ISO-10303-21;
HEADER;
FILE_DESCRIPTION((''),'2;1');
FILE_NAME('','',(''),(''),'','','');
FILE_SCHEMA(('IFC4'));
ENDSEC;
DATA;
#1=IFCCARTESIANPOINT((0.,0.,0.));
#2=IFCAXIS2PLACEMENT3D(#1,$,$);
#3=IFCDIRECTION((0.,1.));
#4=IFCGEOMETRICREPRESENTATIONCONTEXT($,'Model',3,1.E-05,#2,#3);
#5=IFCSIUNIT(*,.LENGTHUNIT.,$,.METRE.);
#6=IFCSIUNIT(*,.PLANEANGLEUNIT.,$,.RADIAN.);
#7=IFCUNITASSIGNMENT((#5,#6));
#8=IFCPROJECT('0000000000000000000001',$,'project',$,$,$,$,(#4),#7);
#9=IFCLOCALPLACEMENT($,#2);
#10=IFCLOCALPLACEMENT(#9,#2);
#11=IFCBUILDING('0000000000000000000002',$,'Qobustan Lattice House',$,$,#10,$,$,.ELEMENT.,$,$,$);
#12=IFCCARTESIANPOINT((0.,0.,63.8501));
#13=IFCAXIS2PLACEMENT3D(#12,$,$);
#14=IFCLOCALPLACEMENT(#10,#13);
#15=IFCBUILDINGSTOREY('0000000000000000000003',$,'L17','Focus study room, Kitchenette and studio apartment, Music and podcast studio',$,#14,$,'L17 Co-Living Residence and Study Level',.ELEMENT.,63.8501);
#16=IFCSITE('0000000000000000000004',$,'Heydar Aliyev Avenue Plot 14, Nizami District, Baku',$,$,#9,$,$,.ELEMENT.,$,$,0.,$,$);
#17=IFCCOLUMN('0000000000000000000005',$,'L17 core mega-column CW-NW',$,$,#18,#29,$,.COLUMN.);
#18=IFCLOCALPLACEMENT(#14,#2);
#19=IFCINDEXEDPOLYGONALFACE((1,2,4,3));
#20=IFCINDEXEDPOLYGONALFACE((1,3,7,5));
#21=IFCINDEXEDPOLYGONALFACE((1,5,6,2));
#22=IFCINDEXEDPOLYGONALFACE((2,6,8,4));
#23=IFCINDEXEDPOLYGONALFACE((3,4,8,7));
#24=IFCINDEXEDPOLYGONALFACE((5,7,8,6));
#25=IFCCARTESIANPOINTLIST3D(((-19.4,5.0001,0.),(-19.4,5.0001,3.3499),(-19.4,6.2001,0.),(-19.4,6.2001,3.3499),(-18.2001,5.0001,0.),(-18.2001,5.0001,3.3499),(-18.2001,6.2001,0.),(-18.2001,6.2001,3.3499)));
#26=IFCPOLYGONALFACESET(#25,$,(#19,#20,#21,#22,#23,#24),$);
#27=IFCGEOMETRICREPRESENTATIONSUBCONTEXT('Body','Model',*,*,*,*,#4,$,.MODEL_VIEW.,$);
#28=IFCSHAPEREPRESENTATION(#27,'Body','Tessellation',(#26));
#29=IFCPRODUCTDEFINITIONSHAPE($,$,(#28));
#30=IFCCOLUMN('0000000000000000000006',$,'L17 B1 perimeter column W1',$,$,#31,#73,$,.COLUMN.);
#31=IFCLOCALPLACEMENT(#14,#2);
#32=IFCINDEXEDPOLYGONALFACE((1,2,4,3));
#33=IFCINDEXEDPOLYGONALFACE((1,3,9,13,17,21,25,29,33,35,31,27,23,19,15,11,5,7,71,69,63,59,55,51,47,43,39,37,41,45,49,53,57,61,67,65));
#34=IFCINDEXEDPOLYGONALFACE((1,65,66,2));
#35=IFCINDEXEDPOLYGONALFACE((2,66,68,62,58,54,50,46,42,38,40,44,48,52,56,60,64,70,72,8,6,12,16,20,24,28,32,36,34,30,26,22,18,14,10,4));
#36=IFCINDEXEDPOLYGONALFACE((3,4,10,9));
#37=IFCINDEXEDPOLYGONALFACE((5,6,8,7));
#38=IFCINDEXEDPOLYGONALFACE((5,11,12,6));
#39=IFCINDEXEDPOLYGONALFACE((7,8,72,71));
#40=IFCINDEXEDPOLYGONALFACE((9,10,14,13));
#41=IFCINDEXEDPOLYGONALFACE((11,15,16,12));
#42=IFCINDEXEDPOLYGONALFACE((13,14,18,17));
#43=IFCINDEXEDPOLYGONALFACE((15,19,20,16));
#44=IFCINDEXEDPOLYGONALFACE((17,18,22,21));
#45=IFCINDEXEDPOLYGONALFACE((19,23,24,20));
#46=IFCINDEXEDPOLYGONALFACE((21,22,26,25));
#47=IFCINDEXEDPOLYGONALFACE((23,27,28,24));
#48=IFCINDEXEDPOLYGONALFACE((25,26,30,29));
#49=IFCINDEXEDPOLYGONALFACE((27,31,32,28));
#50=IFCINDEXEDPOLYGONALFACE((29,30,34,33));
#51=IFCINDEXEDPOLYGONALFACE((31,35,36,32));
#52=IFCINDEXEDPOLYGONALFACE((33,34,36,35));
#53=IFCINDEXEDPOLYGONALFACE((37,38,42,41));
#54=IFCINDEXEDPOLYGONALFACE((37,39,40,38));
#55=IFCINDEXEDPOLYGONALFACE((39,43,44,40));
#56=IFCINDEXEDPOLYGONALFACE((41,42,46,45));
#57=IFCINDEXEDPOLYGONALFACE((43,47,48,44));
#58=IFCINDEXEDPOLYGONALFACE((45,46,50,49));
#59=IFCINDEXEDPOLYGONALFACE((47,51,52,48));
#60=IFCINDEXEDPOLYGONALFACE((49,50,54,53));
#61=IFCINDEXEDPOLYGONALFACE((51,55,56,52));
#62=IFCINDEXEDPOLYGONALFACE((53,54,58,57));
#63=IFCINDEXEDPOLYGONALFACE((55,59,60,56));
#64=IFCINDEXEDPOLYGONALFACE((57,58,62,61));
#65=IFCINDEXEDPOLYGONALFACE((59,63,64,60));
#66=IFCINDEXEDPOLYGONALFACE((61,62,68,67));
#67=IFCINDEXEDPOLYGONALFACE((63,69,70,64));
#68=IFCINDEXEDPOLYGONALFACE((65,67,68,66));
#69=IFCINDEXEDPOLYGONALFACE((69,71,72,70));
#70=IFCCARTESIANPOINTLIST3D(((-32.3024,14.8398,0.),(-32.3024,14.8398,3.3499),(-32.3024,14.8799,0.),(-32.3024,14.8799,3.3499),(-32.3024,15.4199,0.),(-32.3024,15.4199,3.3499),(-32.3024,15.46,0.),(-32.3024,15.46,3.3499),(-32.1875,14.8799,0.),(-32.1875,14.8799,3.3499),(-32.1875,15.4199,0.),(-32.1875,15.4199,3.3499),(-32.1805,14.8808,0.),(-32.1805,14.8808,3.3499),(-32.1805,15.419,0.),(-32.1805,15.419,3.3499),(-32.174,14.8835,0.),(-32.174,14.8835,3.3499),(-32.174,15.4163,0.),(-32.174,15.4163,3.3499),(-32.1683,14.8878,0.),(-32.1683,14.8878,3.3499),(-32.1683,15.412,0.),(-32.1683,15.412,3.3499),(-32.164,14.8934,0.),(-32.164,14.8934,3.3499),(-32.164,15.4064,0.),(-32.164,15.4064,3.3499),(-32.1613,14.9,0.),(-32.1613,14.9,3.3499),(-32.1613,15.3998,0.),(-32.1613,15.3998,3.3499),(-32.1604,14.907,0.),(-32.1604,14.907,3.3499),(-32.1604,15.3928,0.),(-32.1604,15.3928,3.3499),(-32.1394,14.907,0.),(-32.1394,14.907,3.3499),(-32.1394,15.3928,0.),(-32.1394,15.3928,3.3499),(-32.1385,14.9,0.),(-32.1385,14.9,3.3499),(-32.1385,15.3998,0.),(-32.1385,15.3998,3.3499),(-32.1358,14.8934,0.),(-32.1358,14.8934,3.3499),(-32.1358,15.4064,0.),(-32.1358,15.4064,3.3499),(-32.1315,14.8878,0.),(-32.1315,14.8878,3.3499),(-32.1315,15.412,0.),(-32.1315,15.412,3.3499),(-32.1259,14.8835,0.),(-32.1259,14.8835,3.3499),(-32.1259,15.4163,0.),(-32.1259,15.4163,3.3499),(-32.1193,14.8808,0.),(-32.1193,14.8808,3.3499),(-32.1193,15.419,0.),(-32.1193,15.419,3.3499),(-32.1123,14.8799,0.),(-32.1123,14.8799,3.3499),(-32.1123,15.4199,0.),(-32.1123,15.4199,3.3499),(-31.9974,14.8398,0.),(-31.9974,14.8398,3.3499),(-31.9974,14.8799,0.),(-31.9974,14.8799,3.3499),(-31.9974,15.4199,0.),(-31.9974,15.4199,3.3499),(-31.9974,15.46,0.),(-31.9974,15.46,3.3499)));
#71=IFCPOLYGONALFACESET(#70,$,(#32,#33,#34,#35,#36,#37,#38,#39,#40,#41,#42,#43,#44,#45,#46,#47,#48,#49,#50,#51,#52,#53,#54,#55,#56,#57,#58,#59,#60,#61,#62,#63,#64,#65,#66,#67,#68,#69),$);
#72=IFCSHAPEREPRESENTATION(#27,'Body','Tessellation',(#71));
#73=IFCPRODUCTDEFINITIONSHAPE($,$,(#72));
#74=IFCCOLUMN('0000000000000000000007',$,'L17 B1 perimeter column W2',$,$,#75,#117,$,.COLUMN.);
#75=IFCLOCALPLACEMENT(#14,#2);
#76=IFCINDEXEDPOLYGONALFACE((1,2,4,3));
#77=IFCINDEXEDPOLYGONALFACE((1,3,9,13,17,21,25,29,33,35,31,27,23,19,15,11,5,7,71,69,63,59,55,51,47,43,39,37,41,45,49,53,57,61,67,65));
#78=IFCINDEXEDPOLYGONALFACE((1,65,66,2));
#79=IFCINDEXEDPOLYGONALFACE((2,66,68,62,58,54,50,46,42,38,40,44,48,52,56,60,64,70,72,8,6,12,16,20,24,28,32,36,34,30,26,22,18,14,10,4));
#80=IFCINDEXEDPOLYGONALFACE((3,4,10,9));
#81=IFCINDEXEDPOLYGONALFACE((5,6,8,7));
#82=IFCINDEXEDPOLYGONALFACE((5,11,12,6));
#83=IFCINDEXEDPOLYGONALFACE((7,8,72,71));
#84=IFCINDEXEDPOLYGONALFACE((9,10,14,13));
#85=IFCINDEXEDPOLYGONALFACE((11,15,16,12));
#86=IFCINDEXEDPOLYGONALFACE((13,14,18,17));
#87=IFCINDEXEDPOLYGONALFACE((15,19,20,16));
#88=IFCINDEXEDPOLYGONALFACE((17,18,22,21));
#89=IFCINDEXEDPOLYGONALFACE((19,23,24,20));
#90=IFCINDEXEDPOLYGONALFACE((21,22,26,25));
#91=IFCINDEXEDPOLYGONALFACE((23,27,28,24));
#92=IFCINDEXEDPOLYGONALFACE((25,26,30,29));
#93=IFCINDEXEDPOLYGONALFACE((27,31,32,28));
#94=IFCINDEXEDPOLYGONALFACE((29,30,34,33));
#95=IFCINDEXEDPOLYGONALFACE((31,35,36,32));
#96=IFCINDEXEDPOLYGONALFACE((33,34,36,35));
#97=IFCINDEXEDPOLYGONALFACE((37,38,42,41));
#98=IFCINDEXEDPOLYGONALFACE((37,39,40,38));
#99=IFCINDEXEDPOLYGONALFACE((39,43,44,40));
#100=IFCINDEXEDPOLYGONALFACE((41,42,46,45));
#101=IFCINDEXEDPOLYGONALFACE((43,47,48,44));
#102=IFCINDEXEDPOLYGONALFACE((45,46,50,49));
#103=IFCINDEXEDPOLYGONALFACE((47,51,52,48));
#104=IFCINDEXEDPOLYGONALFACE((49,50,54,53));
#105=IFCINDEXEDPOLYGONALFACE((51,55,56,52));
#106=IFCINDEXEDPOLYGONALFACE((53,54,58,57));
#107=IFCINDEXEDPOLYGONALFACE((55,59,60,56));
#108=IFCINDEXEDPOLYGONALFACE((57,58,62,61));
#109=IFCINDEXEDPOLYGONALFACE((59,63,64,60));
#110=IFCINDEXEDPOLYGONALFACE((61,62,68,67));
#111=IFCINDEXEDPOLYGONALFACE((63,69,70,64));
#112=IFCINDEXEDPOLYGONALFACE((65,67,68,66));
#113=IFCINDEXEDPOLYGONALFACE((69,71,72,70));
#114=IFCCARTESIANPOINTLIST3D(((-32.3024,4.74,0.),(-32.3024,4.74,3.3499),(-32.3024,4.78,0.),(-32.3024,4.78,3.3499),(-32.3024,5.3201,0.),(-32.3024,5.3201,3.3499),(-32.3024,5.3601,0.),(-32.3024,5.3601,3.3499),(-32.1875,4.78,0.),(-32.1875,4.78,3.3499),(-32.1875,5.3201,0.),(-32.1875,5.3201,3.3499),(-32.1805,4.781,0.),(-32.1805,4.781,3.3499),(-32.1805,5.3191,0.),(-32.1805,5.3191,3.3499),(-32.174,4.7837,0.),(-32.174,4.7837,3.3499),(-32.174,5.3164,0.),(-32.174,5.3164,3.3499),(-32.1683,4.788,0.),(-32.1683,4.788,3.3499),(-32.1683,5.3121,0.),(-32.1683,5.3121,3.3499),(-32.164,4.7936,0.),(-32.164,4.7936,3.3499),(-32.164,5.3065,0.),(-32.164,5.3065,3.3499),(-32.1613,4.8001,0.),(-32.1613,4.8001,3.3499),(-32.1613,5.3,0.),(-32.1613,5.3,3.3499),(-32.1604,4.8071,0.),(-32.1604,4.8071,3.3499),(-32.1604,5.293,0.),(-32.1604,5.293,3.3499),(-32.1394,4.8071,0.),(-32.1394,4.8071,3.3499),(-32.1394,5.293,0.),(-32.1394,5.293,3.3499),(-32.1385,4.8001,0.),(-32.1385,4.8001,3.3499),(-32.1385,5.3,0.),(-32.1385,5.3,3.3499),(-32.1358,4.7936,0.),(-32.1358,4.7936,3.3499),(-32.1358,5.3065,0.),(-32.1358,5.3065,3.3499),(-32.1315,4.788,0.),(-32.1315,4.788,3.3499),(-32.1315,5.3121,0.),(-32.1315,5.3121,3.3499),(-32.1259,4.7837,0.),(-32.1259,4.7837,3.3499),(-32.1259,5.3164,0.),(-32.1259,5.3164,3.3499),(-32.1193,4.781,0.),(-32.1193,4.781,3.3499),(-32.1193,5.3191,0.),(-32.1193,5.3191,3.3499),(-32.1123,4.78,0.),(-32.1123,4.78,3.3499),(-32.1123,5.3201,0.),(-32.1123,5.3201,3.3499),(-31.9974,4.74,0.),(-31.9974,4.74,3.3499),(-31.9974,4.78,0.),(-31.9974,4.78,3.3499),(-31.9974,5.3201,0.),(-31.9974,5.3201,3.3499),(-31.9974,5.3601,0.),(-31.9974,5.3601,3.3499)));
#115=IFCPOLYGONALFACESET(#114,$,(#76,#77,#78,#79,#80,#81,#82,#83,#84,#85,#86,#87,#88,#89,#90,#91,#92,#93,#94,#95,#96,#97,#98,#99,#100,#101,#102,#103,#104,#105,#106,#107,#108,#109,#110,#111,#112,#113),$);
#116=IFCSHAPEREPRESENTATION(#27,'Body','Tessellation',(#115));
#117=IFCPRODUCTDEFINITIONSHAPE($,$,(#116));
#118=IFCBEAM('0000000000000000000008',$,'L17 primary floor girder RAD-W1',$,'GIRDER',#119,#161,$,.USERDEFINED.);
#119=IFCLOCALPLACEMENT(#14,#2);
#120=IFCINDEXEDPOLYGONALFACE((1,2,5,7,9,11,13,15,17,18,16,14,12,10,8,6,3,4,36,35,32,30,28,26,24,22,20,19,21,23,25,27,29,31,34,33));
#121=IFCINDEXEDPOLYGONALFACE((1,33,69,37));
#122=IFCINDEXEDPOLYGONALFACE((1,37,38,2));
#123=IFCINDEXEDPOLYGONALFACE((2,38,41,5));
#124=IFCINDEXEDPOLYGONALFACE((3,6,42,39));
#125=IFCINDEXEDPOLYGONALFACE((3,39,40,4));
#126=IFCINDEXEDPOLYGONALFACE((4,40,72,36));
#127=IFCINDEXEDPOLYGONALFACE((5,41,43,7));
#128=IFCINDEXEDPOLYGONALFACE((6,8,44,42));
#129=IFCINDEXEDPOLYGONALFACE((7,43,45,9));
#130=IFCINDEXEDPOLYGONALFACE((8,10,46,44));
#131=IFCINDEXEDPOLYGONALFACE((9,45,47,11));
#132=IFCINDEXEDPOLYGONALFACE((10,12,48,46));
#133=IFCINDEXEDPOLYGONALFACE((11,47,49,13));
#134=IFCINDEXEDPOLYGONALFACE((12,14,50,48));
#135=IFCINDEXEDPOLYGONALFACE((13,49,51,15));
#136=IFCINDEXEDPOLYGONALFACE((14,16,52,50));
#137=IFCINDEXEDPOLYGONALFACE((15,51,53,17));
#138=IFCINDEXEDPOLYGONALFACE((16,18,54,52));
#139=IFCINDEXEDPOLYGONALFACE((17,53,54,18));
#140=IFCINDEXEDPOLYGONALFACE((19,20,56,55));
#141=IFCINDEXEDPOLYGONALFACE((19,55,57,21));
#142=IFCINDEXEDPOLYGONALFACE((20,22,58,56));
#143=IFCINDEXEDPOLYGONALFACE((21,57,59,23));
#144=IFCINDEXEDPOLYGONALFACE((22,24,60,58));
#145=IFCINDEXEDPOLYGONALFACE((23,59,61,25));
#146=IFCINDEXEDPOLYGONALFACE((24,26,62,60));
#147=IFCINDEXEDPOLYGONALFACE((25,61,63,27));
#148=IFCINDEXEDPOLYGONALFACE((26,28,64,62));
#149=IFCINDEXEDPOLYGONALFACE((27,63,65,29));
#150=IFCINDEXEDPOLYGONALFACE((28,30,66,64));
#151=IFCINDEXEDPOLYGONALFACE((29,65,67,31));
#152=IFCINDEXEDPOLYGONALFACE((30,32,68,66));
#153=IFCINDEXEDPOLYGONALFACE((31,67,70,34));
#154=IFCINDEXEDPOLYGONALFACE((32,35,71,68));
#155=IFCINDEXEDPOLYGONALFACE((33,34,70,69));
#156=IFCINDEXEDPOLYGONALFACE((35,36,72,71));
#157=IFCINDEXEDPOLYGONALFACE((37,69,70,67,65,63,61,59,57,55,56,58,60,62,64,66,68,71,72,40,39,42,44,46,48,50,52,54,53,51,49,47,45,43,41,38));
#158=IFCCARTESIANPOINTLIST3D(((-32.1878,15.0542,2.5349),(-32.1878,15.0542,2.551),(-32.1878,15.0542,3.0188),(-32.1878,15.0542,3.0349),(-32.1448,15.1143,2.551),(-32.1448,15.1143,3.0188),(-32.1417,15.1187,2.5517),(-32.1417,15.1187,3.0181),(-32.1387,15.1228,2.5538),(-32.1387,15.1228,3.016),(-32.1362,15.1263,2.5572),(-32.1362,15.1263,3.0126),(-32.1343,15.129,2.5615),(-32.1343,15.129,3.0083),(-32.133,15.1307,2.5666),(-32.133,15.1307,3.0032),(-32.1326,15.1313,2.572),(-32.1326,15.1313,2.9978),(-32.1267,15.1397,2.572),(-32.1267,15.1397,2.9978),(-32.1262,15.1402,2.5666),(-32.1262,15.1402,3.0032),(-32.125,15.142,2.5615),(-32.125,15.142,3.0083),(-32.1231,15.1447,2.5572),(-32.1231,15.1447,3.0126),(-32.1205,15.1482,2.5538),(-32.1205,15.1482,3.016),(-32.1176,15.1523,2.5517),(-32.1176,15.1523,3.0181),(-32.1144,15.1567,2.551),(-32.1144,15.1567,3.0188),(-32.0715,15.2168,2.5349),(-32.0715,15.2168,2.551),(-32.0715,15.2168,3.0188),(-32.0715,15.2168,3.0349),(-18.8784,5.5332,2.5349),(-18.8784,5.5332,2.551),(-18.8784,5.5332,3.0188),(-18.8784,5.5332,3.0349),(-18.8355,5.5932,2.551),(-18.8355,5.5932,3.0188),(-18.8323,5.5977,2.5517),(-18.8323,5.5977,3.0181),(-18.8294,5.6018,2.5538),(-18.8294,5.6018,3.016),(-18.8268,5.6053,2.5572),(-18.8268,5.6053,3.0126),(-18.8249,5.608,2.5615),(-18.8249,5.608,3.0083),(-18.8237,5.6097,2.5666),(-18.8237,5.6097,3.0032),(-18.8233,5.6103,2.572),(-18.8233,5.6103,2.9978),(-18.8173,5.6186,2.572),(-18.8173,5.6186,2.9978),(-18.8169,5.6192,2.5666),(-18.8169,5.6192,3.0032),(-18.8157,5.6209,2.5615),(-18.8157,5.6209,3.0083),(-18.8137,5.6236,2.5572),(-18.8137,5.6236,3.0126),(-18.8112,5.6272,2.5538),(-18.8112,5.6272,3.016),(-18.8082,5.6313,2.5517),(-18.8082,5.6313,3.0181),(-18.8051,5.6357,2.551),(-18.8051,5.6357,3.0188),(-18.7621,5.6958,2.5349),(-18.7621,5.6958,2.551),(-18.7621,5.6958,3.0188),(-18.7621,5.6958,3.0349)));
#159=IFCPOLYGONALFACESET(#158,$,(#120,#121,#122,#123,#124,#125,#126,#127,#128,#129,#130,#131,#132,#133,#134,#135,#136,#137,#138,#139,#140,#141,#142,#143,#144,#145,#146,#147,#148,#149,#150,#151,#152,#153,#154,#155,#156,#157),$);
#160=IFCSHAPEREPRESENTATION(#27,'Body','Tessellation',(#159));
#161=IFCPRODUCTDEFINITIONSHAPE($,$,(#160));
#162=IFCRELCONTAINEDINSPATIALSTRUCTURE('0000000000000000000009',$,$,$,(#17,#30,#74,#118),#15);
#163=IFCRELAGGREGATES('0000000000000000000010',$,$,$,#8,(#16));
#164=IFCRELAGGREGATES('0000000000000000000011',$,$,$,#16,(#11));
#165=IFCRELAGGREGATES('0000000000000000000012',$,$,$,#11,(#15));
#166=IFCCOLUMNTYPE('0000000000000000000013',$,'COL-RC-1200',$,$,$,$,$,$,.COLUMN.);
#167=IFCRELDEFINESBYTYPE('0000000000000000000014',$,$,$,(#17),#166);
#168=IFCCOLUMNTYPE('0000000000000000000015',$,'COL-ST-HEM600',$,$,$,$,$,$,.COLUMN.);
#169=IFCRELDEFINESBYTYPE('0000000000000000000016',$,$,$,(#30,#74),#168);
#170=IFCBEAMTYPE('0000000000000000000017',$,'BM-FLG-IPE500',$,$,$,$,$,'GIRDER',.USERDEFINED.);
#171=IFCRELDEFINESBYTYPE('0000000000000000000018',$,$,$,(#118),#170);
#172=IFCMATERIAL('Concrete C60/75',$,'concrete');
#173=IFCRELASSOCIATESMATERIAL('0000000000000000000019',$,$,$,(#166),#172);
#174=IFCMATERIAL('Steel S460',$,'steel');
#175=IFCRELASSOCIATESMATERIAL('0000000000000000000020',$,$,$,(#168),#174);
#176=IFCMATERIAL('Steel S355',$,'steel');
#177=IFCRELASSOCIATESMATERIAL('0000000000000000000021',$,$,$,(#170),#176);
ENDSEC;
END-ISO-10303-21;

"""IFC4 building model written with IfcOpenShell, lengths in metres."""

from ifc_helpers import new_model, si_unit, direction, frame, origin, origin_2d, place, context, subcontext, project, spatial, rectangle, i_section, extrude, material, material_profile, profile_set, type_object, element, save


model = new_model("IFC4")

# Units and contexts
model_context = context("Model", 3, precision=1e-05, world=origin(), true_north=direction((0.0, 1.0)))
body_context = subcontext(model_context, "Body", "Model", "MODEL_VIEW")
ifc_project = project(units=[si_unit("LENGTHUNIT", "METRE"), si_unit("PLANEANGLEUNIT", "RADIAN")], contexts=[model_context])

# Site, building, storey
site_placement = place(None, origin())
site = spatial("IfcSite", under=ifc_project, at=site_placement, Name="Heydar Aliyev Avenue Plot 14, Nizami District, Baku", CompositionType="ELEMENT", RefElevation=0.0)
building_placement = place(site_placement, origin())
building = spatial("IfcBuilding", under=site, at=building_placement, Name="Qobustan Lattice House", CompositionType="ELEMENT")
storey_placement = place(building_placement, frame((0.0, 0.0, 63.8501)))
storey = spatial("IfcBuildingStorey", under=building, at=storey_placement, Name="L17", Description="Focus study room, Kitchenette and studio apartment, Music and podcast studio", LongName="L17 Co-Living Residence and Study Level", CompositionType="ELEMENT", Elevation=63.8501)

# Columns
ifc_material_1 = material(Name="Concrete C60/75", Category="concrete")
ifc_material_profile_1 = material_profile(ifc_material_1, rectangle(XDim=1.2, YDim=1.2, at=origin_2d()), Name="RC1200x1200")
ifc_profile_set_1 = profile_set([ifc_material_profile_1], Name="Concrete C60/75")
column_type_1 = type_object("IfcColumnType", Name="COL-RC-1200", PredefinedType="COLUMN", material=ifc_profile_set_1)
column_placement = place(storey_placement, frame((-18.8, 5.6001, 0.0), z_axis=(0.0, 0.0, 1.0), x_axis=(1.0, 0.0, 0.0)))
element("IfcColumn", 1, at=column_placement, inside=storey, type_object=column_type_1, Name="L17 core mega-column CW-NW", PredefinedType="COLUMN", context=body_context, shape_type="SweptSolid", body=[
    extrude(rectangle(XDim=1.2, YDim=1.2, at=origin_2d()), origin(), (0.0, 0.0, 1.0), 3.3499),
])
ifc_material_2 = material(Name="Steel S460", Category="steel")
ifc_material_profile_2 = material_profile(ifc_material_2, i_section(OverallWidth=0.3049, OverallDepth=0.6201, WebThickness=0.021, FlangeThickness=0.04, FilletRadius=0.0271, at=origin_2d()), Name="HEM600")
ifc_profile_set_2 = profile_set([ifc_material_profile_2], Name="Steel S460")
column_type_2 = type_object("IfcColumnType", Name="COL-ST-HEM600", PredefinedType="COLUMN", material=ifc_profile_set_2)
for number, where, z_axis, x_axis, name in (
    (2, (-32.1499, 15.1499, 0.0), (0.0, 0.0, 1.0), (1.0, 0.0, 0.0), "L17 B1 perimeter column W1"),
    (3, (-32.1499, 5.05, 0.0), (0.0, 0.0, 1.0), (1.0, 0.0, 0.0), "L17 B1 perimeter column W2"),
):
    element("IfcColumn", number, at=place(storey_placement, frame(where, z_axis=z_axis, x_axis=x_axis)), inside=storey, type_object=column_type_2, Name=name, PredefinedType="COLUMN", context=body_context, shape_type="SweptSolid", body=[
        extrude(i_section(OverallWidth=0.3049, OverallDepth=0.6201, WebThickness=0.021, FlangeThickness=0.04, FilletRadius=0.0271, at=origin_2d()), origin(), (0.0, 0.0, 1.0), 3.3499),
    ])

# Beam
ifc_material_3 = material(Name="Steel S355", Category="steel")
ifc_material_profile_3 = material_profile(ifc_material_3, i_section(OverallWidth=0.2, OverallDepth=0.5, WebThickness=0.0103, FlangeThickness=0.0161, FilletRadius=0.021, at=origin_2d()), Name="IPE500")
ifc_profile_set_3 = profile_set([ifc_material_profile_3], Name="Steel S355")
beam_type_1 = type_object("IfcBeamType", Name="BM-FLG-IPE500", ElementType="GIRDER", PredefinedType="USERDEFINED", material=ifc_profile_set_3)
beam_1_placement = place(storey_placement, frame((-32.1296, 15.1355, 2.7849), z_axis=(0.813319, -0.581818, 0.0), x_axis=(0.581818, 0.813319, 0.0)))
element("IfcBeam", 4, at=beam_1_placement, inside=storey, type_object=beam_type_1, Name="L17 primary floor girder RAD-W1", ObjectType="GIRDER", PredefinedType="USERDEFINED", context=body_context, shape_type="SweptSolid", body=[
    extrude(i_section(OverallWidth=0.2, OverallDepth=0.5, WebThickness=0.0103, FlangeThickness=0.0161, FilletRadius=0.021, at=origin_2d()), origin(), (0.0, 0.0, 1.0), 16.3643),
])

save(model, "model.ifc")
